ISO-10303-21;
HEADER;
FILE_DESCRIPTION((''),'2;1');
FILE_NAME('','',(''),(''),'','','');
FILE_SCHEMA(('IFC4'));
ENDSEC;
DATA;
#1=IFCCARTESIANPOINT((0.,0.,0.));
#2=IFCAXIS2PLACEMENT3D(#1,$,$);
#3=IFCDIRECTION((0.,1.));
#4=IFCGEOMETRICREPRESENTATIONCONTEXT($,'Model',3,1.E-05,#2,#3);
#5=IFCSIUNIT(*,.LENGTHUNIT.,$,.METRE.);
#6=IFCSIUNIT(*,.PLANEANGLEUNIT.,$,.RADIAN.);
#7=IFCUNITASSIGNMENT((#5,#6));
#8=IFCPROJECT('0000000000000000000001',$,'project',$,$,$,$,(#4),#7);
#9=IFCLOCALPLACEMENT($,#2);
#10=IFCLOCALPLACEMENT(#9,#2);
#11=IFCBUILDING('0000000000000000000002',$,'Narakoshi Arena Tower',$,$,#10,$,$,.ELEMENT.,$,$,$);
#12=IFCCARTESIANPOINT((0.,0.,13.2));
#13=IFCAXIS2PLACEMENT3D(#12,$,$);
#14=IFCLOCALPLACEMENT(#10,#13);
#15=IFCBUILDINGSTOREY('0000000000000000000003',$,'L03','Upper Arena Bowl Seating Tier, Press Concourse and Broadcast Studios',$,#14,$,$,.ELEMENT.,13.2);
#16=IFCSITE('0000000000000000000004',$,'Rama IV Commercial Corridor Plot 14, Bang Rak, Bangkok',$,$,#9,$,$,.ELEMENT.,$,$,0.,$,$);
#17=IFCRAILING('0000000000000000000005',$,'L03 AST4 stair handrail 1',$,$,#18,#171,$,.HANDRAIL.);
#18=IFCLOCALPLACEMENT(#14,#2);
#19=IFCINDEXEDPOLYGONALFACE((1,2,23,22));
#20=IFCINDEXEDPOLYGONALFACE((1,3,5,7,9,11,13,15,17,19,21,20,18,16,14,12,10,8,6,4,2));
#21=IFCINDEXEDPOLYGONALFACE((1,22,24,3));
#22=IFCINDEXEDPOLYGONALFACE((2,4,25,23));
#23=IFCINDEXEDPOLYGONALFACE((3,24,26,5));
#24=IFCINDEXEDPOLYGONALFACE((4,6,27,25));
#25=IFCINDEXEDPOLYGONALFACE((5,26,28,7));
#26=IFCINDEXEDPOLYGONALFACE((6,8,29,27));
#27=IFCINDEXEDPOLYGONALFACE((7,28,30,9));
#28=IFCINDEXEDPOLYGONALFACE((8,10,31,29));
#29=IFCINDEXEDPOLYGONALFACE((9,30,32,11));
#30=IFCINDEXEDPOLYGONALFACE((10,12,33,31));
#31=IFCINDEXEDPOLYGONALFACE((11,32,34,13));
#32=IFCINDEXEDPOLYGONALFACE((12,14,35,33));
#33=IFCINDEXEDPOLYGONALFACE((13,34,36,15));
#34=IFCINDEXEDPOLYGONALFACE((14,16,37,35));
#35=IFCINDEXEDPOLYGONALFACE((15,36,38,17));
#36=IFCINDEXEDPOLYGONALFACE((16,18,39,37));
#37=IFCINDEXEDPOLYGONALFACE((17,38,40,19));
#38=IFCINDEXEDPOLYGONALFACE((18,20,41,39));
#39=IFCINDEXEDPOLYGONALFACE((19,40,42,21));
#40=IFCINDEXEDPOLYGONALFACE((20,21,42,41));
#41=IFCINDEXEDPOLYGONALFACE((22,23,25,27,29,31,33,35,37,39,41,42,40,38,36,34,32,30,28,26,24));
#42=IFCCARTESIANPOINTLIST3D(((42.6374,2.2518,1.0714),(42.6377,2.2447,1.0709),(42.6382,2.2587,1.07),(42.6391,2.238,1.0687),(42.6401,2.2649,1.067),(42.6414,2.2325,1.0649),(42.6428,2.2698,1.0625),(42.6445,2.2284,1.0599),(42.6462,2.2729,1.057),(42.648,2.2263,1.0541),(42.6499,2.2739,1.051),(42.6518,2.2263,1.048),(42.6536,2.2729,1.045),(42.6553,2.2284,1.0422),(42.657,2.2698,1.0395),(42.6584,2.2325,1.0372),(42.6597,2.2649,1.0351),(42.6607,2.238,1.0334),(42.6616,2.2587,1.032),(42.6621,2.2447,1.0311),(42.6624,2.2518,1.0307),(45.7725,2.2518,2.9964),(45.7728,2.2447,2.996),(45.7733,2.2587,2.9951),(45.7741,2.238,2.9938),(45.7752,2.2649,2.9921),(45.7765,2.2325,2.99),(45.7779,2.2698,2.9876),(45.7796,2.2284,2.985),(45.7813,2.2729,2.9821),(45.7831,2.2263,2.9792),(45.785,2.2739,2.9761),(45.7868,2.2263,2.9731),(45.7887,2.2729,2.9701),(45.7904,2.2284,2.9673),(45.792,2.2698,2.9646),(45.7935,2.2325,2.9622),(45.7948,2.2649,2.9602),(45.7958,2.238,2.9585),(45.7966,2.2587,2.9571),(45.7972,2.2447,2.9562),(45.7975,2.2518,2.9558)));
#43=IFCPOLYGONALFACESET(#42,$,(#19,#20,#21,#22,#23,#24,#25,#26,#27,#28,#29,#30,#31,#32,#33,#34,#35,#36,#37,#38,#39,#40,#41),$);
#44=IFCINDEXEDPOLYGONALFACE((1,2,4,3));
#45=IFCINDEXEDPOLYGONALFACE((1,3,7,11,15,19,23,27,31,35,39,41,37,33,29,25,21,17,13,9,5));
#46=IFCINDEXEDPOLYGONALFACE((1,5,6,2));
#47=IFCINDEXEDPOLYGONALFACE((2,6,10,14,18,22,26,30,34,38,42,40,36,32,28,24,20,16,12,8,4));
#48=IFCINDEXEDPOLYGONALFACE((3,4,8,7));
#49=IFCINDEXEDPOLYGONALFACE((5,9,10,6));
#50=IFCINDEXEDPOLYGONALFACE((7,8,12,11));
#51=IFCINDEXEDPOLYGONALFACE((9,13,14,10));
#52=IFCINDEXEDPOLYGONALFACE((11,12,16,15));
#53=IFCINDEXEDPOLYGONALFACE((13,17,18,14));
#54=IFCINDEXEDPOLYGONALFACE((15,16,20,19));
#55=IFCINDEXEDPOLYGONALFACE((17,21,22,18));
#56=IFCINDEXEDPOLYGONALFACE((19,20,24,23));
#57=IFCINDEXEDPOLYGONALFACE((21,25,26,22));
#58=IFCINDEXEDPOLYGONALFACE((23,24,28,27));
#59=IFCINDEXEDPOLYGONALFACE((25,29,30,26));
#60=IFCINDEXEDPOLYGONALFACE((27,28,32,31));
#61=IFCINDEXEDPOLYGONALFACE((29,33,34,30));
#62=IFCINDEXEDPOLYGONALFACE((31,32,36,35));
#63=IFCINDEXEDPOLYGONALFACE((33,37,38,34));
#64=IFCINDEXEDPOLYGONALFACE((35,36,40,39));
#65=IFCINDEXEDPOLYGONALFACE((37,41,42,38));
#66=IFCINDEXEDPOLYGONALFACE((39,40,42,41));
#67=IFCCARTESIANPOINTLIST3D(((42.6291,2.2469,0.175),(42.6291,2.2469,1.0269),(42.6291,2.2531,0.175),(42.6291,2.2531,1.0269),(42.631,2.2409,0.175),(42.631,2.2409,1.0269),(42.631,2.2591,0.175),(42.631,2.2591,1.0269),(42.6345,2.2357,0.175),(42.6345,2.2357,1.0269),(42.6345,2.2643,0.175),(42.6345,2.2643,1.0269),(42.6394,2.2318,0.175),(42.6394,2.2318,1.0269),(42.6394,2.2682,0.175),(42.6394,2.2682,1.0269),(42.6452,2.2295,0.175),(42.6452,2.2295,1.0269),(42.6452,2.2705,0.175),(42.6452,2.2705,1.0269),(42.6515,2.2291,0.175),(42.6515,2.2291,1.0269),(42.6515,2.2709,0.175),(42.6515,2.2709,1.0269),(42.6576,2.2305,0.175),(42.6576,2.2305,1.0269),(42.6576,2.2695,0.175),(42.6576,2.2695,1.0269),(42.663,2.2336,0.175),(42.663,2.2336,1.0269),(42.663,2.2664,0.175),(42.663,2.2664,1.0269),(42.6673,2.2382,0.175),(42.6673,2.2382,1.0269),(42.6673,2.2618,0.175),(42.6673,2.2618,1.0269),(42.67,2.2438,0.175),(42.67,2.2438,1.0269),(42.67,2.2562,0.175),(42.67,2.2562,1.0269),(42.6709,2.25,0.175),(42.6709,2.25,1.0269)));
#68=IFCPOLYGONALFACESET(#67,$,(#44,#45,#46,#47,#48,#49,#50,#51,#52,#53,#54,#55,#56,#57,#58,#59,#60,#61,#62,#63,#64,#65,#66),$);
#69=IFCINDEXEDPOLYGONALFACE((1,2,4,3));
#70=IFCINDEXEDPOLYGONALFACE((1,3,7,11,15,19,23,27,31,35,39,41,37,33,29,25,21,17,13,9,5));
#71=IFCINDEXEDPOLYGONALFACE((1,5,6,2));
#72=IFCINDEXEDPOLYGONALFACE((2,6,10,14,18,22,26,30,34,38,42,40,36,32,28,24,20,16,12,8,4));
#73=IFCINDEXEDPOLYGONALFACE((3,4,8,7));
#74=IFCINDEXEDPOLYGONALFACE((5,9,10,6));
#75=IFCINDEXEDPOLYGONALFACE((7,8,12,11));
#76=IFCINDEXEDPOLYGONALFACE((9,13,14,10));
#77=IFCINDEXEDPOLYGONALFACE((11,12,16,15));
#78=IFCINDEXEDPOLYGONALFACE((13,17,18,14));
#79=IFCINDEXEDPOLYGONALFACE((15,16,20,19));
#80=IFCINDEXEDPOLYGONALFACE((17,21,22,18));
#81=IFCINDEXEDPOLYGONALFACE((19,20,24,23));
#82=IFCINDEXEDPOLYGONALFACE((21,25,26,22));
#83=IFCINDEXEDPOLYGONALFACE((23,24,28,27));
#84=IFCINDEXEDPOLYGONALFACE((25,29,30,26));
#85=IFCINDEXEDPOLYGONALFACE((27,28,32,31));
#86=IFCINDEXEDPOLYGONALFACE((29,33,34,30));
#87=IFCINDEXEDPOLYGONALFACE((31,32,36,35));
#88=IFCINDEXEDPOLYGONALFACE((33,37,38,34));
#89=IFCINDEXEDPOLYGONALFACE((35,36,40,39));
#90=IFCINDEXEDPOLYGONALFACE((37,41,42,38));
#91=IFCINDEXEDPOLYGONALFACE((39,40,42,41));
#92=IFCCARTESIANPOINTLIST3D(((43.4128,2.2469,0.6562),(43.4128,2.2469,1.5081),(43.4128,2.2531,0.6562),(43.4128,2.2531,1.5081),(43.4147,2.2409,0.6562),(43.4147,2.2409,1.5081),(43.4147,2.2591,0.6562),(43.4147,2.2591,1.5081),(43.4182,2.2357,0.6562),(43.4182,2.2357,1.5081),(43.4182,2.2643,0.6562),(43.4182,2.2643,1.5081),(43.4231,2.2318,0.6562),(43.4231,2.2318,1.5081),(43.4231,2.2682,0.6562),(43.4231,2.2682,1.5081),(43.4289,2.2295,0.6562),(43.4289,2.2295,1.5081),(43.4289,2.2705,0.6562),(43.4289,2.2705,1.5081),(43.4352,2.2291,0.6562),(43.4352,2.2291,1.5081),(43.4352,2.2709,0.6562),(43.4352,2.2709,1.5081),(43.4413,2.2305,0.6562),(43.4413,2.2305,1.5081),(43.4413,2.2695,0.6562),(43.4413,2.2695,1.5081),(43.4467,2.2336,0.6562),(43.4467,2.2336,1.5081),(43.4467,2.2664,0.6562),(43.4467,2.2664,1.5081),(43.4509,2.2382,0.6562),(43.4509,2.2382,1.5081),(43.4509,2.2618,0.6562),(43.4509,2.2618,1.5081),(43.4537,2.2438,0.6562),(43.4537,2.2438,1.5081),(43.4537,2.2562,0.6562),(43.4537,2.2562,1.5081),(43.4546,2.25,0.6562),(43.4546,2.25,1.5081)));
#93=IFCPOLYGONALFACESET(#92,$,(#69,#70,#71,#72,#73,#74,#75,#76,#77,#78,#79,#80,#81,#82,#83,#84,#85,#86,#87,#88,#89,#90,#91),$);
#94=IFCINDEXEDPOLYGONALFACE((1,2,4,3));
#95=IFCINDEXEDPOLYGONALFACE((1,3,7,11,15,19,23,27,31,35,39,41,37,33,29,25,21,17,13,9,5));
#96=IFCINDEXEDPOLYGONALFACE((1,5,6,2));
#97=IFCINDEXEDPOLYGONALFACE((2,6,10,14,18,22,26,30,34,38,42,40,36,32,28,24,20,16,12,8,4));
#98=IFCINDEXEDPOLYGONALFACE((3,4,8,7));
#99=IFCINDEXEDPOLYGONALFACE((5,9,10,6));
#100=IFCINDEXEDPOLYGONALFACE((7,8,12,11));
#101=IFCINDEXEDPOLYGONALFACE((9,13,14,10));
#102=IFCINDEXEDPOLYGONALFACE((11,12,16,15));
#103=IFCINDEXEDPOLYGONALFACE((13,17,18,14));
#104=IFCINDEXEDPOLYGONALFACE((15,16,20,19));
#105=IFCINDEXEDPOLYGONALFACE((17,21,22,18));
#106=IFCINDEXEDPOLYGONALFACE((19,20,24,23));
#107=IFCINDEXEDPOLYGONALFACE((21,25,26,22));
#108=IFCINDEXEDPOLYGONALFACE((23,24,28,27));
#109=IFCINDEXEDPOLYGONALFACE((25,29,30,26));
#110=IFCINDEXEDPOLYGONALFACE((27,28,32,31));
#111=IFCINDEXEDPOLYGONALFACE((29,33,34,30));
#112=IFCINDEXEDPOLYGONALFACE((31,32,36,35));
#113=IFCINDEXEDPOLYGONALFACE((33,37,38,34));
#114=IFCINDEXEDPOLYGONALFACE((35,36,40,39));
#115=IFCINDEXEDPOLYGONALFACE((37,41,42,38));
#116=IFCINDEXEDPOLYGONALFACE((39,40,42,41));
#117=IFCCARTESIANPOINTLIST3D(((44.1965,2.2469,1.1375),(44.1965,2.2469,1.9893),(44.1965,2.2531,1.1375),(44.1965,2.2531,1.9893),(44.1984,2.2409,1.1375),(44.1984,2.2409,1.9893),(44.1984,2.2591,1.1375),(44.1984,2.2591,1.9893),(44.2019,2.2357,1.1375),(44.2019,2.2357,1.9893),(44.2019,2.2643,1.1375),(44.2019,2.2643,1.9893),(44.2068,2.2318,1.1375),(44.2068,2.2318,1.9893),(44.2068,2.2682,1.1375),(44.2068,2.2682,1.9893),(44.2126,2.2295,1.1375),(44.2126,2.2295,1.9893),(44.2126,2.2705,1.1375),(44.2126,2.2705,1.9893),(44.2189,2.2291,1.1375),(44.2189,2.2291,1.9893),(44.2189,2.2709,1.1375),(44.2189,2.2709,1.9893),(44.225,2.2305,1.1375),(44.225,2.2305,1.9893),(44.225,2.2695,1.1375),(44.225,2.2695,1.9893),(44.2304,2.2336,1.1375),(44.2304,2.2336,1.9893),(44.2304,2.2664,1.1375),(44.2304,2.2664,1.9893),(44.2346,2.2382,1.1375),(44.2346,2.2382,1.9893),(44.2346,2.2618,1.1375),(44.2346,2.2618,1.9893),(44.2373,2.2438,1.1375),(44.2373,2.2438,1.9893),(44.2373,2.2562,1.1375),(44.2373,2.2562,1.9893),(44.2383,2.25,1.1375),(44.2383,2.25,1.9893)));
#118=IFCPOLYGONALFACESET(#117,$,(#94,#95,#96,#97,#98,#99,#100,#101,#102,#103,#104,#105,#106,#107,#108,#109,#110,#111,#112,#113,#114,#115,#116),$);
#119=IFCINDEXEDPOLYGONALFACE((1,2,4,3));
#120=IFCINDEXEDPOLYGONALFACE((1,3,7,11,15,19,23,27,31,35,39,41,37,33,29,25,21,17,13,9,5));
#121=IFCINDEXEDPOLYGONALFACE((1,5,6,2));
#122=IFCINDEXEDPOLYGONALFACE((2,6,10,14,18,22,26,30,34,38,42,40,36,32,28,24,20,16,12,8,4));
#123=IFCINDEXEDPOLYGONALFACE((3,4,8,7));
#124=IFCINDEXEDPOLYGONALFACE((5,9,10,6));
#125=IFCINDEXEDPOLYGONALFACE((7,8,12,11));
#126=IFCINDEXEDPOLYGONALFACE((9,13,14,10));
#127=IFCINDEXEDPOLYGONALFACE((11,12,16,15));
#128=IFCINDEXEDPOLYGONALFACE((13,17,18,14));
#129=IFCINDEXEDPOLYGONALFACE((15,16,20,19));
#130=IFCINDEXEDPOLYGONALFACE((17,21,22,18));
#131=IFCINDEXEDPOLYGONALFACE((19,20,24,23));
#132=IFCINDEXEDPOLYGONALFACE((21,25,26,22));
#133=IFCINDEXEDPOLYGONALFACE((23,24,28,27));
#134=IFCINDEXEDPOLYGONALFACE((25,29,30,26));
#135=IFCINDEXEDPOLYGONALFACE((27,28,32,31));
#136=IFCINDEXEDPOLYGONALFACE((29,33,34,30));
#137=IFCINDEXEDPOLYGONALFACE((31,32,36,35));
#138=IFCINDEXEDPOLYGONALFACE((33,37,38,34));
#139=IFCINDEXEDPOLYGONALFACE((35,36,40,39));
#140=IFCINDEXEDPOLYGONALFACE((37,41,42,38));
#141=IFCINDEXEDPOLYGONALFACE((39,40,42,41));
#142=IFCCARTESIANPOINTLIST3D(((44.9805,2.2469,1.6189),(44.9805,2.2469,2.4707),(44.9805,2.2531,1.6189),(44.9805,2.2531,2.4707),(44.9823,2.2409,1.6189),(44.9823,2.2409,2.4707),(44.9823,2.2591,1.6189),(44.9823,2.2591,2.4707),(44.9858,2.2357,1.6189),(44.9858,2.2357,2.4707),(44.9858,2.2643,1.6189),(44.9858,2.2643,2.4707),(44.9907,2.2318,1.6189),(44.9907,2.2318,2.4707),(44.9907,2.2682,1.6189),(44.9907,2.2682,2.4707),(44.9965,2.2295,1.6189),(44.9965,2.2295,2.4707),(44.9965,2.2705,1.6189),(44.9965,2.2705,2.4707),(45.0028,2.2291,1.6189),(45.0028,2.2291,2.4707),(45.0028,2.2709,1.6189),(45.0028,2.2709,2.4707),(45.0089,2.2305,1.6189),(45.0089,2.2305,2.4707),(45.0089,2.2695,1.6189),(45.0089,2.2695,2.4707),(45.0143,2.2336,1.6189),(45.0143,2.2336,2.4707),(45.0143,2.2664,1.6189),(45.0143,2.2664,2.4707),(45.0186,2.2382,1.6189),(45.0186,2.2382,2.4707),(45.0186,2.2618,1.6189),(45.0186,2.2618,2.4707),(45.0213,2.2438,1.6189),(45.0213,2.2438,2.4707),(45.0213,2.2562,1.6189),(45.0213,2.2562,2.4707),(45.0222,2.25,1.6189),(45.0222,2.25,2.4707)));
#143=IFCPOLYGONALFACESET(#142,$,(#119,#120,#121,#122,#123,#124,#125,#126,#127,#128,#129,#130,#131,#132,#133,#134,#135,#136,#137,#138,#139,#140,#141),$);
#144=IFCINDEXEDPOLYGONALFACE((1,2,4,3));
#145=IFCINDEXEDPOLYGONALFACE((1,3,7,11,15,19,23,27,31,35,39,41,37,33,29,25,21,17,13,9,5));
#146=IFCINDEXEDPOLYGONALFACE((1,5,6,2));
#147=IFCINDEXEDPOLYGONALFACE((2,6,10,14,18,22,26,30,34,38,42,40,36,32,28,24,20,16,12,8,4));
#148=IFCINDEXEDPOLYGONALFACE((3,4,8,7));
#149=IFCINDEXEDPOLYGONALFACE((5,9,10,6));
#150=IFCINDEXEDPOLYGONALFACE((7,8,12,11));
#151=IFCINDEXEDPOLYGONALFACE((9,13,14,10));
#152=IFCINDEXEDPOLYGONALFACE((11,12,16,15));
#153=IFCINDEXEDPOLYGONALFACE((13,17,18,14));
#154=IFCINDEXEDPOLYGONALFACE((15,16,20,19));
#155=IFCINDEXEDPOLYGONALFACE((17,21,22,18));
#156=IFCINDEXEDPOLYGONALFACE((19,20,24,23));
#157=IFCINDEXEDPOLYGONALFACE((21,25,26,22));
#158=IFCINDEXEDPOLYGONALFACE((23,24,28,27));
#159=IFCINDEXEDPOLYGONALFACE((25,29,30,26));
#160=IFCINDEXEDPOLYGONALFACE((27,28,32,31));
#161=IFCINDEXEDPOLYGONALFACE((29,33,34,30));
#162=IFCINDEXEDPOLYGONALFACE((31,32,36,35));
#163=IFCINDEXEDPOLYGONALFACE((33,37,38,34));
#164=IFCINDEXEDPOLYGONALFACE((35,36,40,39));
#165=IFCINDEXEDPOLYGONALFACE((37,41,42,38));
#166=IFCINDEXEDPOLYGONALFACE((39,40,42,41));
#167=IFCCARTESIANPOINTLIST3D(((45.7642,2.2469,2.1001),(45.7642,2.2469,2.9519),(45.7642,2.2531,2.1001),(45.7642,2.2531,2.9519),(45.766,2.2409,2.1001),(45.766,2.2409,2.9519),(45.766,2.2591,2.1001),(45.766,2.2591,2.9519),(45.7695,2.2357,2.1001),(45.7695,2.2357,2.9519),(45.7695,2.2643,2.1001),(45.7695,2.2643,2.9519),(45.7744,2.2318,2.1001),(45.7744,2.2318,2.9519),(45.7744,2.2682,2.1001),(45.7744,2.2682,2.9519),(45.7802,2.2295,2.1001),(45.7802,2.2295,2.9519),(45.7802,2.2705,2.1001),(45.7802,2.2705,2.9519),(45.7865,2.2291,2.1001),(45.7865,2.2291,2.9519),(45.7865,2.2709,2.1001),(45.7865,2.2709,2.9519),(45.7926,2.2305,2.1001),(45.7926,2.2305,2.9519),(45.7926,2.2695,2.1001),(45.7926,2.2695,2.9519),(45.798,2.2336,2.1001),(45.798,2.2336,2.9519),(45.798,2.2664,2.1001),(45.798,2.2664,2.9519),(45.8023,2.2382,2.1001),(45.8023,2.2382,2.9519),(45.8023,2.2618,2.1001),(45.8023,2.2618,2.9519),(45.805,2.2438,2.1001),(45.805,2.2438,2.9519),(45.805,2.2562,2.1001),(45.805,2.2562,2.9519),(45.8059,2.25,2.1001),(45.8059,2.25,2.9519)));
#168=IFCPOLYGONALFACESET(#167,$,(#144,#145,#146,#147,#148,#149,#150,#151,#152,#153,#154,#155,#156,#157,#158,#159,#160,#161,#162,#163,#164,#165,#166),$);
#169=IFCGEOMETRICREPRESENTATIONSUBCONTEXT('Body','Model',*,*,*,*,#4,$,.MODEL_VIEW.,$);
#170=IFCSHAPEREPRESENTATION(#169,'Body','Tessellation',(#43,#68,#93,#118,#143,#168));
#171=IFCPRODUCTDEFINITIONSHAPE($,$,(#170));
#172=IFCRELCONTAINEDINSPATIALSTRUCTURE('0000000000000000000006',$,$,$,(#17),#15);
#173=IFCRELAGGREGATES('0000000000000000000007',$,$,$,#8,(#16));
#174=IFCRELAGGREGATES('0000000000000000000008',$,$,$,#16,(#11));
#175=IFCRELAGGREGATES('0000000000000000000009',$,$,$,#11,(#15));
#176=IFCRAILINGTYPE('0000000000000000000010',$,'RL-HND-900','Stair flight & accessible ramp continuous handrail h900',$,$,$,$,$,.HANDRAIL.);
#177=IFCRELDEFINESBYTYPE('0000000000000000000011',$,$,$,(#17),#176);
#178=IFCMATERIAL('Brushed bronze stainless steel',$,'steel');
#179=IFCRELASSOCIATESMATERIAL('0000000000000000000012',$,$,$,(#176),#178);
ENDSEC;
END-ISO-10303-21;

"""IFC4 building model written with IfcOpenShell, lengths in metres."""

from ifc_helpers import new_model, si_unit, direction, frame, origin, origin_2d, place, context, subcontext, project, spatial, circle, extrude, material, type_object, element, save


model = new_model("IFC4")

# Units and contexts
model_context = context("Model", 3, precision=1e-05, world=origin(), true_north=direction((0.0, 1.0)))
body_context = subcontext(model_context, "Body", "Model", "MODEL_VIEW")
ifc_project = project(units=[si_unit("LENGTHUNIT", "METRE"), si_unit("PLANEANGLEUNIT", "RADIAN")], contexts=[model_context])

# Site, building, storey
site_placement = place(None, origin())
site = spatial("IfcSite", under=ifc_project, at=site_placement, Name="Rama IV Commercial Corridor Plot 14, Bang Rak, Bangkok", CompositionType="ELEMENT", RefElevation=0.0)
building_placement = place(site_placement, origin())
building = spatial("IfcBuilding", under=site, at=building_placement, Name="Narakoshi Arena Tower", CompositionType="ELEMENT")
storey_placement = place(building_placement, frame((0.0, 0.0, 13.2)))
storey = spatial("IfcBuildingStorey", under=building, at=storey_placement, Name="L03", Description="Upper Arena Bowl Seating Tier, Press Concourse and Broadcast Studios", CompositionType="ELEMENT", Elevation=13.2)

# Railing
ifc_material_1 = material(Name="Brushed bronze stainless steel", Category="steel")
railing_type_1 = type_object("IfcRailingType", Name="RL-HND-900", Description="Stair flight & accessible ramp continuous handrail h900", PredefinedType="HANDRAIL", material=ifc_material_1)
railing_1_placement = place(storey_placement, frame((42.6499, 2.25, 0.175)))
element("IfcRailing", 1, at=railing_1_placement, inside=storey, type_object=railing_type_1, Name="L03 AST4 stair handrail 1", PredefinedType="HANDRAIL", context=body_context, shape_type="SweptSolid", body=[
    extrude(circle(Radius=0.0239, at=origin_2d()), frame((0.0, 0.0, 0.876), z_axis=(0.852166, 0.0, 0.523271), x_axis=(0.0, 1.0, 0.0)), (0.0, 0.0, 1.0), 3.679),
    extrude(circle(Radius=0.021, at=origin_2d()), origin(), (0.0, 0.0, 1.0), 0.8518),
    extrude(circle(Radius=0.021, at=origin_2d()), frame((0.7837, 0.0, 0.4812)), (0.0, 0.0, 1.0), 0.8518),
    extrude(circle(Radius=0.021, at=origin_2d()), frame((1.5674, 0.0, 0.9624)), (0.0, 0.0, 1.0), 0.8518),
    extrude(circle(Radius=0.021, at=origin_2d()), frame((2.3513, 0.0, 1.4438)), (0.0, 0.0, 1.0), 0.8518),
    extrude(circle(Radius=0.021, at=origin_2d()), frame((3.135, 0.0, 1.925)), (0.0, 0.0, 1.0), 0.8518),
])

save(model, "model.ifc")
